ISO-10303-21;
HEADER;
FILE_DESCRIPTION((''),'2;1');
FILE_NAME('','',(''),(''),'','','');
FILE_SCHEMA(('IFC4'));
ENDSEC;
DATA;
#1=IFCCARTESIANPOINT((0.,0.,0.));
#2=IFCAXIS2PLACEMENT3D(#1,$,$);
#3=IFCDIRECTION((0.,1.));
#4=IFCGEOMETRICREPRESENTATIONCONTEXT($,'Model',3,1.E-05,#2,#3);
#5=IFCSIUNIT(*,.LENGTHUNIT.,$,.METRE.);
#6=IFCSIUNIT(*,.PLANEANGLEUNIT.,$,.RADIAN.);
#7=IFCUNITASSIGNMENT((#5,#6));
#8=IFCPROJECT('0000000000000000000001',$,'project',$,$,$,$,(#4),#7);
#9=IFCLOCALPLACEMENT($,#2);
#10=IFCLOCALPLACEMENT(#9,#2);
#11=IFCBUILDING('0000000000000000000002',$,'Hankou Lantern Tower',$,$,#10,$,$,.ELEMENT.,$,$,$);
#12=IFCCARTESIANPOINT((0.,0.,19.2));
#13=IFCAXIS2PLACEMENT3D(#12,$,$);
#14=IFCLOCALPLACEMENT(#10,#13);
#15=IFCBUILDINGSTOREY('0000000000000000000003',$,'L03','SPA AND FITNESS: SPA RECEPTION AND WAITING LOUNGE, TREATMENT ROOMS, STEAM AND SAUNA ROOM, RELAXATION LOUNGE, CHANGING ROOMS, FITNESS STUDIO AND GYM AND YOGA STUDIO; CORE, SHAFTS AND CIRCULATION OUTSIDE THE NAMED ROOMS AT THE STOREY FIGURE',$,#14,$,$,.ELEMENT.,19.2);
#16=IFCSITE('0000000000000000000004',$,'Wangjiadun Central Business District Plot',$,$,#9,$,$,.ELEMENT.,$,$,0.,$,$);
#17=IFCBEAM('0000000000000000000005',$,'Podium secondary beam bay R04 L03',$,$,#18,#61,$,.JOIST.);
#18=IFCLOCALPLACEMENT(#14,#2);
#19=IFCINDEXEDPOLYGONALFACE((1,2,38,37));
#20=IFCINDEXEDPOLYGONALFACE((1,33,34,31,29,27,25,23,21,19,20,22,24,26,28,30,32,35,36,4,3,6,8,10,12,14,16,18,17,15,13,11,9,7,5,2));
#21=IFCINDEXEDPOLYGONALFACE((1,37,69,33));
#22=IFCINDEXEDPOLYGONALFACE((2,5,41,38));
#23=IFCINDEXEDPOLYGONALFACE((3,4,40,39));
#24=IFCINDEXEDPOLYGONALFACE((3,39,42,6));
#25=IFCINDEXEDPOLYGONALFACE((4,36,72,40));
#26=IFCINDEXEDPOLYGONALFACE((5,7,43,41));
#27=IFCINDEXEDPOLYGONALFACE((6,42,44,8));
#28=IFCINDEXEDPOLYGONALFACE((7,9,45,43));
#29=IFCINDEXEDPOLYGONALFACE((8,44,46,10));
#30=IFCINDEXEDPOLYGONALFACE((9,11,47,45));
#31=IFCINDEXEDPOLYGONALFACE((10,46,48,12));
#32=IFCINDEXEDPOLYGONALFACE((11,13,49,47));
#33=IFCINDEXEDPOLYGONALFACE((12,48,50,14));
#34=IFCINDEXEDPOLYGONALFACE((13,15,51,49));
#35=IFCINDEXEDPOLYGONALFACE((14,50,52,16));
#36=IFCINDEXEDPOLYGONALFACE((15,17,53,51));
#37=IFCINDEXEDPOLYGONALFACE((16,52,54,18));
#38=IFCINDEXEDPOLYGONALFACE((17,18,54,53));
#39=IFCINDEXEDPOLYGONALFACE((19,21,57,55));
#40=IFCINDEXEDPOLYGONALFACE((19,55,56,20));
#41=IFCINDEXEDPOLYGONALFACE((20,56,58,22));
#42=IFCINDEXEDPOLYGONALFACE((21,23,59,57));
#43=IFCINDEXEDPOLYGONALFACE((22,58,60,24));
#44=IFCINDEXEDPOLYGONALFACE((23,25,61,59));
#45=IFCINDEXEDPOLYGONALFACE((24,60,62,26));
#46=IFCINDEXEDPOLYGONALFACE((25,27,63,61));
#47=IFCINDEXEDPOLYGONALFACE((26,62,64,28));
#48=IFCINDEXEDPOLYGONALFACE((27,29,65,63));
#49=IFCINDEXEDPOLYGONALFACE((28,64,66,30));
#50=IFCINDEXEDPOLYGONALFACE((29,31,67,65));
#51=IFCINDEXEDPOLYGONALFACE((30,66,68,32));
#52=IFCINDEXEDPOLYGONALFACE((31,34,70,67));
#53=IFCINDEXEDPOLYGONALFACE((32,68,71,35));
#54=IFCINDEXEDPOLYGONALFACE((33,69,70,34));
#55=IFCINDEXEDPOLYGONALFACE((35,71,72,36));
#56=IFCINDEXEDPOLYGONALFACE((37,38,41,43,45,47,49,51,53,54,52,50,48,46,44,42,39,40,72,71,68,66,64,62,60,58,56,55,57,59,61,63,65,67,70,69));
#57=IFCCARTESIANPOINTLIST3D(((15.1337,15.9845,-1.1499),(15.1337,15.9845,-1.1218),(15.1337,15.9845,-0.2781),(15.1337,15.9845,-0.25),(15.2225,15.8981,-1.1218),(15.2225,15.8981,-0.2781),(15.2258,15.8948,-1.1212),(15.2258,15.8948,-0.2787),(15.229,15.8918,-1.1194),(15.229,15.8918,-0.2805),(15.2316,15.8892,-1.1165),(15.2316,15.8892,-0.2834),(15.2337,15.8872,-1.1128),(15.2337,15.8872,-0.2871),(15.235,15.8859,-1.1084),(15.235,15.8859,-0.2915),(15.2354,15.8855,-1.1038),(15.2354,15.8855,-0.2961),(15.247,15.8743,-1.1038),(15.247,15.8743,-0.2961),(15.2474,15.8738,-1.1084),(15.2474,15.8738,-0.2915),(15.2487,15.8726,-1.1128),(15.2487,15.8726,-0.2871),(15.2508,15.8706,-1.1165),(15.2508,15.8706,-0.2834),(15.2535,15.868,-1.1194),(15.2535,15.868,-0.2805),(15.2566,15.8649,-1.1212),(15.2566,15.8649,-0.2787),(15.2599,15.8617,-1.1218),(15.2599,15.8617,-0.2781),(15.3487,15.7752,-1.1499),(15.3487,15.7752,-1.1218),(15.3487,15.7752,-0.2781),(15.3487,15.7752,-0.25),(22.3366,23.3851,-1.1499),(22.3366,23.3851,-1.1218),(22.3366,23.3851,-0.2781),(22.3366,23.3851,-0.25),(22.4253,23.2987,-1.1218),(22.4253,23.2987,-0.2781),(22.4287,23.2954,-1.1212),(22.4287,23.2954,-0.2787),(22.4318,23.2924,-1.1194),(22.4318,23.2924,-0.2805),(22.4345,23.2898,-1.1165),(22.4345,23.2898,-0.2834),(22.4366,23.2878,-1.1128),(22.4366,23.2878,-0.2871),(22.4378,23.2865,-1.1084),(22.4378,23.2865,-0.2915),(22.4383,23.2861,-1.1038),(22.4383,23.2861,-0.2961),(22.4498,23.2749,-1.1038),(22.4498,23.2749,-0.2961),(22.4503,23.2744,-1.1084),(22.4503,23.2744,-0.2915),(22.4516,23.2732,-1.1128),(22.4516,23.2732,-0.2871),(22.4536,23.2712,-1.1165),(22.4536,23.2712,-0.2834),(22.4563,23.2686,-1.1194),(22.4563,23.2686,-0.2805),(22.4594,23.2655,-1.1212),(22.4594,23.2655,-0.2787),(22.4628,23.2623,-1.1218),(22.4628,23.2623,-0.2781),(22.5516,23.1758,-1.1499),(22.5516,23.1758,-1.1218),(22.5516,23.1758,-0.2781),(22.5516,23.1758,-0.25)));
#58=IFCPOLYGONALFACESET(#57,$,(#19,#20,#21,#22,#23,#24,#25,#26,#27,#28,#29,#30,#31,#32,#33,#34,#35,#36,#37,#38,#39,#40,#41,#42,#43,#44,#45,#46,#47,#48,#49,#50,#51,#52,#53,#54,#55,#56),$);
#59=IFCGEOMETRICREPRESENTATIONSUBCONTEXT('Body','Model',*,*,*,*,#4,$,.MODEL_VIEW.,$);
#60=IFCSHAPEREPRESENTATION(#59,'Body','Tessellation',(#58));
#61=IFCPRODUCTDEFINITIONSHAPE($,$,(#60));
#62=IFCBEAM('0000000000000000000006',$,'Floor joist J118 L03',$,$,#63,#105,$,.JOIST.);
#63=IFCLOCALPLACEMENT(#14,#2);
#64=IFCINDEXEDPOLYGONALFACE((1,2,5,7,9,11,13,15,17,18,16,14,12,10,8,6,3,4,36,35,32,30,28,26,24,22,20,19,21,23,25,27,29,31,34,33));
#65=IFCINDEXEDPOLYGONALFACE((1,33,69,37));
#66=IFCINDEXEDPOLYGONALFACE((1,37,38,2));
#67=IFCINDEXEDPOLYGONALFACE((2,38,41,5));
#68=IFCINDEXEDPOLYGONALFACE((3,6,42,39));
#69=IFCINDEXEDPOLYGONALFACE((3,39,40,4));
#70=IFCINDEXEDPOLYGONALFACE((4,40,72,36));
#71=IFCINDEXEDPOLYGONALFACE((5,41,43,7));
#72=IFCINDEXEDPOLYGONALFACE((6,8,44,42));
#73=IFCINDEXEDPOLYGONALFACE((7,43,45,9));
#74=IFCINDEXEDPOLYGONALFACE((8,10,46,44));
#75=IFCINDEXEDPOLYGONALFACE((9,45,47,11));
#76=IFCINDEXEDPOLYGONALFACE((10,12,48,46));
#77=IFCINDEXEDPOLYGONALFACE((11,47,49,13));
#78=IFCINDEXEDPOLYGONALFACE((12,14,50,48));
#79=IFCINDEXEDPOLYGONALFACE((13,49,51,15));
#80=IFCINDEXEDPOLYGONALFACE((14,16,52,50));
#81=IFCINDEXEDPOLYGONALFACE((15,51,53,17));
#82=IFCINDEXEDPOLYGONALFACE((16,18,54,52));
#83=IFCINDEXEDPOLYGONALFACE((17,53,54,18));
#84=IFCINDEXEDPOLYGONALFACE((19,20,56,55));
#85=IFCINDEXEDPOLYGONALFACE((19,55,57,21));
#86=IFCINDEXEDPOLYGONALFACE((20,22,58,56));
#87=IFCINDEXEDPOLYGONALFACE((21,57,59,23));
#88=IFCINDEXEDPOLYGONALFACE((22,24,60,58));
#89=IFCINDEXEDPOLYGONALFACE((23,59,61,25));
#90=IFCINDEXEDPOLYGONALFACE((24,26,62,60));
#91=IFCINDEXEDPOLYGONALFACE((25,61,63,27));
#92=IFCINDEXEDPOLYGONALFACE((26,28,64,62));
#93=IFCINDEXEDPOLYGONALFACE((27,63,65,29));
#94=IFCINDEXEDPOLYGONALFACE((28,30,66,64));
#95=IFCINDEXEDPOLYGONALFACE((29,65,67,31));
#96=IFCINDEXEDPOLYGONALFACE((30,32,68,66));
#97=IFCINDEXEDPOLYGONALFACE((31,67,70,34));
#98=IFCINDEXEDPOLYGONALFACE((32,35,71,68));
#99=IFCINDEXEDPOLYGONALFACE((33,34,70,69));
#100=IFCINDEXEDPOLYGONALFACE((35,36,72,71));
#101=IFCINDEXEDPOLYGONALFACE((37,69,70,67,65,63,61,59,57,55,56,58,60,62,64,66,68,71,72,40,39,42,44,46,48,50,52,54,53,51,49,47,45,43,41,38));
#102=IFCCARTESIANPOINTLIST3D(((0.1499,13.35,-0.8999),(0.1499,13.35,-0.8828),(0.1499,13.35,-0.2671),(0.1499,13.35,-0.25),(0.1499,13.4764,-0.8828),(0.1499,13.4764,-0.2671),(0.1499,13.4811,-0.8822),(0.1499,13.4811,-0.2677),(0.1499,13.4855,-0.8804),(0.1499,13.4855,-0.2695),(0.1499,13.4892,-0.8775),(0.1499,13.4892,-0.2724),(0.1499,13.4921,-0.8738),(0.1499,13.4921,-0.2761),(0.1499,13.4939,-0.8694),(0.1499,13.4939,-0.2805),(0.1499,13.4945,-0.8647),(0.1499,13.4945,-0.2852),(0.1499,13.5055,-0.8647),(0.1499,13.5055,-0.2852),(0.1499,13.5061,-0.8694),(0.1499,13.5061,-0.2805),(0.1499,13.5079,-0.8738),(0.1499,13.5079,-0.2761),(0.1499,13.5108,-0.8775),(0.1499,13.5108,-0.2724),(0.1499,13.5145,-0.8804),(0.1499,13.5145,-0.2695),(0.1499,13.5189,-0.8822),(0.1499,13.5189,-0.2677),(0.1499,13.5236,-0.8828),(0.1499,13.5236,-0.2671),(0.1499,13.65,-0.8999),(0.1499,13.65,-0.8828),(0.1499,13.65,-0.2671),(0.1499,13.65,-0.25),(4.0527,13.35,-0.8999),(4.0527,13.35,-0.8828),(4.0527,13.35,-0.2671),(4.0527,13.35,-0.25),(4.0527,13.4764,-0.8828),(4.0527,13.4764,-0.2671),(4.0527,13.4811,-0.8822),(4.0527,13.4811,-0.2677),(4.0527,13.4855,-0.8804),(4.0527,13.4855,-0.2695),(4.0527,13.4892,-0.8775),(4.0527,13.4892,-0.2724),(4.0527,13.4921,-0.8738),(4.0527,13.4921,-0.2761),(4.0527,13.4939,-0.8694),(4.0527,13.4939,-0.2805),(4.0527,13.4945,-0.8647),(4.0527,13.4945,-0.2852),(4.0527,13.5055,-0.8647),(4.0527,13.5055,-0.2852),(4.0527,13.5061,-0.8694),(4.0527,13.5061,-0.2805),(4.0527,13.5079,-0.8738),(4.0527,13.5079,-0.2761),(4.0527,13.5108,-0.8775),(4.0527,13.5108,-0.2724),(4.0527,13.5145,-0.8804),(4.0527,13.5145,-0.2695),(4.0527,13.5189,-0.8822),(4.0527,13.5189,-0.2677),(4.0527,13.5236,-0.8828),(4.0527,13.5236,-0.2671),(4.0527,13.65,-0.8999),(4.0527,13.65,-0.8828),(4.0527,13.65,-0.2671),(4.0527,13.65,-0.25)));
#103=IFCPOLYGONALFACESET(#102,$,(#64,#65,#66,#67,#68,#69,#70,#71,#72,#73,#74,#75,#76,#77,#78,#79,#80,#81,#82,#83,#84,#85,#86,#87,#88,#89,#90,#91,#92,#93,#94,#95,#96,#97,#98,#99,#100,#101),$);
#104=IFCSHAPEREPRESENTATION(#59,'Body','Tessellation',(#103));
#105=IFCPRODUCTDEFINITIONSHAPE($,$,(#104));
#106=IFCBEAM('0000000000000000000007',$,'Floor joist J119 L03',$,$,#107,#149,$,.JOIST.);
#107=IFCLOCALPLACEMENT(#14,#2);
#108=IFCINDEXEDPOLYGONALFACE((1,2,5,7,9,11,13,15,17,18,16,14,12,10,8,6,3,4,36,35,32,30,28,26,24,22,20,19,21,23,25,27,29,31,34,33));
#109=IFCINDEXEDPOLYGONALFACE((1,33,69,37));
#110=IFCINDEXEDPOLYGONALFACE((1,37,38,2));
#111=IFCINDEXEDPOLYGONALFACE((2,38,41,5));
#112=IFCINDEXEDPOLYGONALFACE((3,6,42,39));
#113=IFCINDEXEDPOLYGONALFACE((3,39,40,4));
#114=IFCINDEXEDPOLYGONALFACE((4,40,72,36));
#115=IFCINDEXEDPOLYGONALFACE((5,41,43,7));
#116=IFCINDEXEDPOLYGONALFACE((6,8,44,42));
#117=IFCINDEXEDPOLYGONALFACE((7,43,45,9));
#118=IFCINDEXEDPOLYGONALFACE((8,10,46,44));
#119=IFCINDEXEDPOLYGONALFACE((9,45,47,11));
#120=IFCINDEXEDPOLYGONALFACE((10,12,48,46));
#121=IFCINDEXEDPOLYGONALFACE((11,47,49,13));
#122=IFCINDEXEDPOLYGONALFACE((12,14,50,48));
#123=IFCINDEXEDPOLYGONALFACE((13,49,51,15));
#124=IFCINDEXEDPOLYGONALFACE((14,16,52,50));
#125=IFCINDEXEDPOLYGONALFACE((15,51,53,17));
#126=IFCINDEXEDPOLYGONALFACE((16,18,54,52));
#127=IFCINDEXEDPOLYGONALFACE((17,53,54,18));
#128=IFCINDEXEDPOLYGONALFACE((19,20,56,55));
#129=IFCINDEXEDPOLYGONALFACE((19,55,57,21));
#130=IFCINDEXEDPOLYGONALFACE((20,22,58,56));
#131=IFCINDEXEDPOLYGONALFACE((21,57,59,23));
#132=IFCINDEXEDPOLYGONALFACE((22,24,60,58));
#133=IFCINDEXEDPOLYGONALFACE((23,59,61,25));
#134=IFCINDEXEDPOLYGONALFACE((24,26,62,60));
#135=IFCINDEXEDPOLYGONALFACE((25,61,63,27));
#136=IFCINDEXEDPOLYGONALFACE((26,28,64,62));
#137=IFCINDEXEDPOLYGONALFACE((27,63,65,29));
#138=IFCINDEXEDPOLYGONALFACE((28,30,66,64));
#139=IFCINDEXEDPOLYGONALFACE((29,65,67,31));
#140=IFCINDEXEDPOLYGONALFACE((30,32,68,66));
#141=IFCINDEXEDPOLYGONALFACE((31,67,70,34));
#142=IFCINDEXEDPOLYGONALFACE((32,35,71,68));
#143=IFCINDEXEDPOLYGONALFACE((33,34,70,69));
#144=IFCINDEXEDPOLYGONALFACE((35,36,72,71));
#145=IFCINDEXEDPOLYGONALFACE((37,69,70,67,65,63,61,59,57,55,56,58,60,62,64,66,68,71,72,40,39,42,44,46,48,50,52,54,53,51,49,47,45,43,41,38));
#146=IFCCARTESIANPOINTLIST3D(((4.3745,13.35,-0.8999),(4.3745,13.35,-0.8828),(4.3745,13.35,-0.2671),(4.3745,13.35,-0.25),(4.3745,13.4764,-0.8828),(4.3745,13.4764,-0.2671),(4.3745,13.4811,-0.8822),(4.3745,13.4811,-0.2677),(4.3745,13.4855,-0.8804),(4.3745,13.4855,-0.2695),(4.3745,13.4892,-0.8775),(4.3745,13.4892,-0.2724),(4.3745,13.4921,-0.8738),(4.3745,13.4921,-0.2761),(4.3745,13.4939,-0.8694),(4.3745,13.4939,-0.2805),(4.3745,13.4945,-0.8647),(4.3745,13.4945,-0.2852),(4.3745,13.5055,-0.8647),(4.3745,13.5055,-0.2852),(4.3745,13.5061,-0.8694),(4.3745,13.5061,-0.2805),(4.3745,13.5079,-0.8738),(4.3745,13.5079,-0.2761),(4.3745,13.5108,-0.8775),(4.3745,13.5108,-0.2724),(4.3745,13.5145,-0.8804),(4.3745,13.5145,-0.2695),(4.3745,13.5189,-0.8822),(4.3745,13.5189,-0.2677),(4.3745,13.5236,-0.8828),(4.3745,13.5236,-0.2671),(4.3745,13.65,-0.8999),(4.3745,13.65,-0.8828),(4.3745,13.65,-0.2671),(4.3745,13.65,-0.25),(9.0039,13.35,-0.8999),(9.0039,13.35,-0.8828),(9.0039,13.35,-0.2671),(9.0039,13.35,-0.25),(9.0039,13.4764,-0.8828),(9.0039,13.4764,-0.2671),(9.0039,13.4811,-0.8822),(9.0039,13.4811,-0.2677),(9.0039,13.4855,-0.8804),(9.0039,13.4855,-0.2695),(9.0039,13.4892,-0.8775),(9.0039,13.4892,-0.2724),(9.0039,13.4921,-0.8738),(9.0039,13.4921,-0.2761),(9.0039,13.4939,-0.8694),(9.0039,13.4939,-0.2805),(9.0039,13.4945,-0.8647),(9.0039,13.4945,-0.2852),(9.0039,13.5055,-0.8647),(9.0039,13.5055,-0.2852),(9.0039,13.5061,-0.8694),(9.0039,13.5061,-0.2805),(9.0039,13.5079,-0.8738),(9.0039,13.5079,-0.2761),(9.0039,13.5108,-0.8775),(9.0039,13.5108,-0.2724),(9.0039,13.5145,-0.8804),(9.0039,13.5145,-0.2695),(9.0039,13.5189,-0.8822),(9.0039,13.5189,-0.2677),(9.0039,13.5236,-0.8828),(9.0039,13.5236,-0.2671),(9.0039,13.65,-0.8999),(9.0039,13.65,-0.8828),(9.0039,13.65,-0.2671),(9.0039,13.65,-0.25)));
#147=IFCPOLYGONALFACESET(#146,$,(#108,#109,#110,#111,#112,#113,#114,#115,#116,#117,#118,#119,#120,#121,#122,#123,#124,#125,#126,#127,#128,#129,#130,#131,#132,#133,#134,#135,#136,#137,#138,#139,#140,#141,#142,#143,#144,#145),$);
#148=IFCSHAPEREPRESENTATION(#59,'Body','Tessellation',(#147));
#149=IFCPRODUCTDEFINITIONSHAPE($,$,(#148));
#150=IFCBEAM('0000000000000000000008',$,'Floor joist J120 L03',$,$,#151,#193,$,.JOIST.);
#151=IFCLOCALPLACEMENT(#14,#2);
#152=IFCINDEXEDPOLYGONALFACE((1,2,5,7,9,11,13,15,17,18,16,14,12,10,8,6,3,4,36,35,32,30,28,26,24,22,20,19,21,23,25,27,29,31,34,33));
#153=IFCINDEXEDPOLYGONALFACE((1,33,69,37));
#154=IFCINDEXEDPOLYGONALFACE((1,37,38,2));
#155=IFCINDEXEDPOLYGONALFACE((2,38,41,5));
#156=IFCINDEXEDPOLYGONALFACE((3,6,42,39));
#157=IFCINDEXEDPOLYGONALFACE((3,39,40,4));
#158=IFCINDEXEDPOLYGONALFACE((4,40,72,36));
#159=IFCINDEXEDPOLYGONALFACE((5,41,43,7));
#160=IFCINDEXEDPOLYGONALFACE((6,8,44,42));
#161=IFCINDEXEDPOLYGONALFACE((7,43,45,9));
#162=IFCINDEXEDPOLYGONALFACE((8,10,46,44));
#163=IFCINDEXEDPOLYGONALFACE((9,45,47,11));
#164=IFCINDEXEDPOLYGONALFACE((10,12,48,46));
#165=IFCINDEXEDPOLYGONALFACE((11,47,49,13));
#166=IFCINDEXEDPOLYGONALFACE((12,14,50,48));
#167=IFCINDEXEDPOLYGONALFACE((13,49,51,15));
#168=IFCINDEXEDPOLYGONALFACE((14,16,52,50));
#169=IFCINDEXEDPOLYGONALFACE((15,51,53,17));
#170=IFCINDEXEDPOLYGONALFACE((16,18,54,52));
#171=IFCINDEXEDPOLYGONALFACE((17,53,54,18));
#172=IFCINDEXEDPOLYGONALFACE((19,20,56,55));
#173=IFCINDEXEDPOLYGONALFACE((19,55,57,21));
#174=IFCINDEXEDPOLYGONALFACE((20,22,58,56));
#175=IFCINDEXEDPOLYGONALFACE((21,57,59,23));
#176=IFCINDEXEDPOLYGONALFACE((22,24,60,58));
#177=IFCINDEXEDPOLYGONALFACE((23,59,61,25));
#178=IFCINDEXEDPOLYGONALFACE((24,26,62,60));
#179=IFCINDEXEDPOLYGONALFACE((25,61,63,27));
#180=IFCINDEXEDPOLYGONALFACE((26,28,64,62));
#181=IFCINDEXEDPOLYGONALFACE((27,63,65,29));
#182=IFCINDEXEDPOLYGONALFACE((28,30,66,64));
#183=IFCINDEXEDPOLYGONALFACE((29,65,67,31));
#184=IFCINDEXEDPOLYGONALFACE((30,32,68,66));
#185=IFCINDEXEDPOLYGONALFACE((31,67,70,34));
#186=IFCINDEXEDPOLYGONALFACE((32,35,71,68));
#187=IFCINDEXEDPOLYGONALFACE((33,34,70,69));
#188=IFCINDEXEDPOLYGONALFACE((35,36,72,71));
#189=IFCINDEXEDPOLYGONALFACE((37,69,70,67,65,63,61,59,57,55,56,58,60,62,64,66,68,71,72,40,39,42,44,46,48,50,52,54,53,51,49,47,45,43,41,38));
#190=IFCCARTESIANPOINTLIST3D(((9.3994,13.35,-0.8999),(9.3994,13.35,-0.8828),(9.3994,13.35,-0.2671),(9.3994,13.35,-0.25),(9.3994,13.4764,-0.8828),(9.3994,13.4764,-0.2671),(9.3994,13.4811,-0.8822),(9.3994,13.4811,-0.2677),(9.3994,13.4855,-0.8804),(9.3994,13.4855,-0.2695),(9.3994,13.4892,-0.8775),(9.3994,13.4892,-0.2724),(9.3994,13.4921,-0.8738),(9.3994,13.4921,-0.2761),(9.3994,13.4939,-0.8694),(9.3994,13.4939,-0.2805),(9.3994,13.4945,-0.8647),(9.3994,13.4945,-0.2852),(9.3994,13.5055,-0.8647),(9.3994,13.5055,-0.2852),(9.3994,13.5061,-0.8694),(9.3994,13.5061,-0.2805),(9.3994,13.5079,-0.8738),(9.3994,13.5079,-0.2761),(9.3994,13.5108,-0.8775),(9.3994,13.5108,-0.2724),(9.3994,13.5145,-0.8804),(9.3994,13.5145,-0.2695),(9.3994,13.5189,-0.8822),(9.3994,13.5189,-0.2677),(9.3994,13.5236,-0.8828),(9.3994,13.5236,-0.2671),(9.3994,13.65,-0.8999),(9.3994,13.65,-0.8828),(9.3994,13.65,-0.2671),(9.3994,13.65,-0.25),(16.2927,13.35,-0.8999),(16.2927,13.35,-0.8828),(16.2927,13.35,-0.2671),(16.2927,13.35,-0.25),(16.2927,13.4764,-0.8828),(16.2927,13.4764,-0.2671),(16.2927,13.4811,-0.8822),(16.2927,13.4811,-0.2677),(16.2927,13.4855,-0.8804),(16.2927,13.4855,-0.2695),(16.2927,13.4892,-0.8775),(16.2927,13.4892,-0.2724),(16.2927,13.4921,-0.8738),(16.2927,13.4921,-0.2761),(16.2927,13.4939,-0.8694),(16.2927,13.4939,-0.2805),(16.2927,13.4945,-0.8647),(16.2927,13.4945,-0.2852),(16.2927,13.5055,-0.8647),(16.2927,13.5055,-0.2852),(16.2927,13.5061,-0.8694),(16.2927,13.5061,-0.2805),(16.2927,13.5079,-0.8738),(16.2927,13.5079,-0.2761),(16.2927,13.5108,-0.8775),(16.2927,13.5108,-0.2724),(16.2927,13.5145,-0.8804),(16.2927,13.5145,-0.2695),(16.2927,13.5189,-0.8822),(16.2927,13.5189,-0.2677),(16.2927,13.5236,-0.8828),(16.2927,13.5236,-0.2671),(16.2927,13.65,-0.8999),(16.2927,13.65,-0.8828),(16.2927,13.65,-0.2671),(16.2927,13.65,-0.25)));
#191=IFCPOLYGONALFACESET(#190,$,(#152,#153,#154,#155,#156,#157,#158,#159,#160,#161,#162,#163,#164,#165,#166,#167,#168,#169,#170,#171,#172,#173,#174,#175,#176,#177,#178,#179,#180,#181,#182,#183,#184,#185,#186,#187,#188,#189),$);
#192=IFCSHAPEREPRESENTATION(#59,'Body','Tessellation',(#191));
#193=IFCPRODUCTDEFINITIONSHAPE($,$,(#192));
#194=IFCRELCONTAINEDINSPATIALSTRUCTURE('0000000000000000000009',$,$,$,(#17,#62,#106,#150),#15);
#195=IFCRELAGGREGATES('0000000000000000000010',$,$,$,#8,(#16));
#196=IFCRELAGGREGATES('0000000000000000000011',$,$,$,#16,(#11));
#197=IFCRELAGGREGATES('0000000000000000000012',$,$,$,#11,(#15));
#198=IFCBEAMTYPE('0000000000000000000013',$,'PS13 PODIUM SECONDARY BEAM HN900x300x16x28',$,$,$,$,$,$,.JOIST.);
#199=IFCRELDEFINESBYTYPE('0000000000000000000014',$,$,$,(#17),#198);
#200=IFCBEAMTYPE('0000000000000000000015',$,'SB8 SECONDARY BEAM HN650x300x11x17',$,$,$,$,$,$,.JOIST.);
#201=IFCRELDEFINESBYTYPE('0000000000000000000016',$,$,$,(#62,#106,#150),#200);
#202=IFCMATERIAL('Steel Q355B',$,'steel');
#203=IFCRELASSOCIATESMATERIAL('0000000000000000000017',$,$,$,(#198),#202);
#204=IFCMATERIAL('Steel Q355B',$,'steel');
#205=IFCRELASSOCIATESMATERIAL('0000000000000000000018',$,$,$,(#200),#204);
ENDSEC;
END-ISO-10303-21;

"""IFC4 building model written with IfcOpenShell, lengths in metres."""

from ifc_helpers import new_model, si_unit, direction, frame, origin, origin_2d, place, context, subcontext, project, spatial, i_section, extrude, material, material_profile, profile_set, type_object, element, save


model = new_model("IFC4")

# Units and contexts
model_context = context("Model", 3, precision=1e-05, world=origin(), true_north=direction((0.0, 1.0)))
body_context = subcontext(model_context, "Body", "Model", "MODEL_VIEW")
ifc_project = project(units=[si_unit("LENGTHUNIT", "METRE"), si_unit("PLANEANGLEUNIT", "RADIAN")], contexts=[model_context])

# Site, building, storey
site_placement = place(None, origin())
site = spatial("IfcSite", under=ifc_project, at=site_placement, Name="Wangjiadun Central Business District Plot", CompositionType="ELEMENT", RefElevation=0.0)
building_placement = place(site_placement, origin())
building = spatial("IfcBuilding", under=site, at=building_placement, Name="Hankou Lantern Tower", CompositionType="ELEMENT")
storey_placement = place(building_placement, frame((0.0, 0.0, 19.2)))
storey = spatial("IfcBuildingStorey", under=building, at=storey_placement, Name="L03", Description="SPA AND FITNESS: SPA RECEPTION AND WAITING LOUNGE, TREATMENT ROOMS, STEAM AND SAUNA ROOM, RELAXATION LOUNGE, CHANGING ROOMS, FITNESS STUDIO AND GYM AND YOGA STUDIO; CORE, SHAFTS AND CIRCULATION OUTSIDE THE NAMED ROOMS AT THE STOREY FIGURE", CompositionType="ELEMENT", Elevation=19.2)

# Beams
ifc_material_1 = material(Name="Steel Q355B", Category="steel")
ifc_material_profile_1 = material_profile(ifc_material_1, i_section(OverallWidth=0.3, OverallDepth=0.8999, WebThickness=0.0161, FlangeThickness=0.0281, FilletRadius=0.0181, at=origin_2d()), Name="HN900x300x16x28")
ifc_profile_set_1 = profile_set([ifc_material_profile_1], Name="Steel Q355B")
beam_type_1 = type_object("IfcBeamType", Name="PS13 PODIUM SECONDARY BEAM HN900x300x16x28", PredefinedType="JOIST", material=ifc_profile_set_1)
beam_1_placement = place(storey_placement, frame((15.2412, 15.8799, -0.7), z_axis=(0.697468, 0.716616, 0.0), x_axis=(-0.716616, 0.697468, 0.0)))
element("IfcBeam", 1, at=beam_1_placement, inside=storey, type_object=beam_type_1, Name="Podium secondary beam bay R04 L03", PredefinedType="JOIST", context=body_context, shape_type="SweptSolid", body=[
    extrude(i_section(OverallWidth=0.3, OverallDepth=0.8999, WebThickness=0.0161, FlangeThickness=0.0281, FilletRadius=0.0181, at=origin_2d()), origin(), (0.0, 0.0, 1.0), 10.3271),
])
ifc_material_2 = material(Name="Steel Q355B", Category="steel")
ifc_material_profile_2 = material_profile(ifc_material_2, i_section(OverallWidth=0.3, OverallDepth=0.6499, WebThickness=0.011, FlangeThickness=0.0171, FilletRadius=0.0181, at=origin_2d()), Name="HN650x300x11x17")
ifc_profile_set_2 = profile_set([ifc_material_profile_2], Name="Steel Q355B")
beam_type_2 = type_object("IfcBeamType", Name="SB8 SECONDARY BEAM HN650x300x11x17", PredefinedType="JOIST", material=ifc_profile_set_2)
beam_2_placement = place(storey_placement, frame((0.1499, 13.5, -0.575), z_axis=(1.0, 0.0, 0.0), x_axis=(0.0, 1.0, 0.0)))
element("IfcBeam", 2, at=beam_2_placement, inside=storey, type_object=beam_type_2, Name="Floor joist J118 L03", PredefinedType="JOIST", context=body_context, shape_type="SweptSolid", body=[
    extrude(i_section(OverallWidth=0.3, OverallDepth=0.6499, WebThickness=0.011, FlangeThickness=0.0171, FilletRadius=0.0181, at=origin_2d()), origin(), (0.0, 0.0, 1.0), 3.9028),
])
beam_3_placement = place(storey_placement, frame((4.3745, 13.5, -0.575), z_axis=(1.0, 0.0, 0.0), x_axis=(0.0, 1.0, 0.0)))
element("IfcBeam", 3, at=beam_3_placement, inside=storey, type_object=beam_type_2, Name="Floor joist J119 L03", PredefinedType="JOIST", context=body_context, shape_type="SweptSolid", body=[
    extrude(i_section(OverallWidth=0.3, OverallDepth=0.6499, WebThickness=0.011, FlangeThickness=0.0171, FilletRadius=0.0181, at=origin_2d()), origin(), (0.0, 0.0, 1.0), 4.6294),
])
beam_4_placement = place(storey_placement, frame((9.3994, 13.5, -0.575), z_axis=(1.0, 0.0, 0.0), x_axis=(0.0, 1.0, 0.0)))
element("IfcBeam", 4, at=beam_4_placement, inside=storey, type_object=beam_type_2, Name="Floor joist J120 L03", PredefinedType="JOIST", context=body_context, shape_type="SweptSolid", body=[
    extrude(i_section(OverallWidth=0.3, OverallDepth=0.6499, WebThickness=0.011, FlangeThickness=0.0171, FilletRadius=0.0181, at=origin_2d()), origin(), (0.0, 0.0, 1.0), 6.8933),
])

save(model, "model.ifc")
